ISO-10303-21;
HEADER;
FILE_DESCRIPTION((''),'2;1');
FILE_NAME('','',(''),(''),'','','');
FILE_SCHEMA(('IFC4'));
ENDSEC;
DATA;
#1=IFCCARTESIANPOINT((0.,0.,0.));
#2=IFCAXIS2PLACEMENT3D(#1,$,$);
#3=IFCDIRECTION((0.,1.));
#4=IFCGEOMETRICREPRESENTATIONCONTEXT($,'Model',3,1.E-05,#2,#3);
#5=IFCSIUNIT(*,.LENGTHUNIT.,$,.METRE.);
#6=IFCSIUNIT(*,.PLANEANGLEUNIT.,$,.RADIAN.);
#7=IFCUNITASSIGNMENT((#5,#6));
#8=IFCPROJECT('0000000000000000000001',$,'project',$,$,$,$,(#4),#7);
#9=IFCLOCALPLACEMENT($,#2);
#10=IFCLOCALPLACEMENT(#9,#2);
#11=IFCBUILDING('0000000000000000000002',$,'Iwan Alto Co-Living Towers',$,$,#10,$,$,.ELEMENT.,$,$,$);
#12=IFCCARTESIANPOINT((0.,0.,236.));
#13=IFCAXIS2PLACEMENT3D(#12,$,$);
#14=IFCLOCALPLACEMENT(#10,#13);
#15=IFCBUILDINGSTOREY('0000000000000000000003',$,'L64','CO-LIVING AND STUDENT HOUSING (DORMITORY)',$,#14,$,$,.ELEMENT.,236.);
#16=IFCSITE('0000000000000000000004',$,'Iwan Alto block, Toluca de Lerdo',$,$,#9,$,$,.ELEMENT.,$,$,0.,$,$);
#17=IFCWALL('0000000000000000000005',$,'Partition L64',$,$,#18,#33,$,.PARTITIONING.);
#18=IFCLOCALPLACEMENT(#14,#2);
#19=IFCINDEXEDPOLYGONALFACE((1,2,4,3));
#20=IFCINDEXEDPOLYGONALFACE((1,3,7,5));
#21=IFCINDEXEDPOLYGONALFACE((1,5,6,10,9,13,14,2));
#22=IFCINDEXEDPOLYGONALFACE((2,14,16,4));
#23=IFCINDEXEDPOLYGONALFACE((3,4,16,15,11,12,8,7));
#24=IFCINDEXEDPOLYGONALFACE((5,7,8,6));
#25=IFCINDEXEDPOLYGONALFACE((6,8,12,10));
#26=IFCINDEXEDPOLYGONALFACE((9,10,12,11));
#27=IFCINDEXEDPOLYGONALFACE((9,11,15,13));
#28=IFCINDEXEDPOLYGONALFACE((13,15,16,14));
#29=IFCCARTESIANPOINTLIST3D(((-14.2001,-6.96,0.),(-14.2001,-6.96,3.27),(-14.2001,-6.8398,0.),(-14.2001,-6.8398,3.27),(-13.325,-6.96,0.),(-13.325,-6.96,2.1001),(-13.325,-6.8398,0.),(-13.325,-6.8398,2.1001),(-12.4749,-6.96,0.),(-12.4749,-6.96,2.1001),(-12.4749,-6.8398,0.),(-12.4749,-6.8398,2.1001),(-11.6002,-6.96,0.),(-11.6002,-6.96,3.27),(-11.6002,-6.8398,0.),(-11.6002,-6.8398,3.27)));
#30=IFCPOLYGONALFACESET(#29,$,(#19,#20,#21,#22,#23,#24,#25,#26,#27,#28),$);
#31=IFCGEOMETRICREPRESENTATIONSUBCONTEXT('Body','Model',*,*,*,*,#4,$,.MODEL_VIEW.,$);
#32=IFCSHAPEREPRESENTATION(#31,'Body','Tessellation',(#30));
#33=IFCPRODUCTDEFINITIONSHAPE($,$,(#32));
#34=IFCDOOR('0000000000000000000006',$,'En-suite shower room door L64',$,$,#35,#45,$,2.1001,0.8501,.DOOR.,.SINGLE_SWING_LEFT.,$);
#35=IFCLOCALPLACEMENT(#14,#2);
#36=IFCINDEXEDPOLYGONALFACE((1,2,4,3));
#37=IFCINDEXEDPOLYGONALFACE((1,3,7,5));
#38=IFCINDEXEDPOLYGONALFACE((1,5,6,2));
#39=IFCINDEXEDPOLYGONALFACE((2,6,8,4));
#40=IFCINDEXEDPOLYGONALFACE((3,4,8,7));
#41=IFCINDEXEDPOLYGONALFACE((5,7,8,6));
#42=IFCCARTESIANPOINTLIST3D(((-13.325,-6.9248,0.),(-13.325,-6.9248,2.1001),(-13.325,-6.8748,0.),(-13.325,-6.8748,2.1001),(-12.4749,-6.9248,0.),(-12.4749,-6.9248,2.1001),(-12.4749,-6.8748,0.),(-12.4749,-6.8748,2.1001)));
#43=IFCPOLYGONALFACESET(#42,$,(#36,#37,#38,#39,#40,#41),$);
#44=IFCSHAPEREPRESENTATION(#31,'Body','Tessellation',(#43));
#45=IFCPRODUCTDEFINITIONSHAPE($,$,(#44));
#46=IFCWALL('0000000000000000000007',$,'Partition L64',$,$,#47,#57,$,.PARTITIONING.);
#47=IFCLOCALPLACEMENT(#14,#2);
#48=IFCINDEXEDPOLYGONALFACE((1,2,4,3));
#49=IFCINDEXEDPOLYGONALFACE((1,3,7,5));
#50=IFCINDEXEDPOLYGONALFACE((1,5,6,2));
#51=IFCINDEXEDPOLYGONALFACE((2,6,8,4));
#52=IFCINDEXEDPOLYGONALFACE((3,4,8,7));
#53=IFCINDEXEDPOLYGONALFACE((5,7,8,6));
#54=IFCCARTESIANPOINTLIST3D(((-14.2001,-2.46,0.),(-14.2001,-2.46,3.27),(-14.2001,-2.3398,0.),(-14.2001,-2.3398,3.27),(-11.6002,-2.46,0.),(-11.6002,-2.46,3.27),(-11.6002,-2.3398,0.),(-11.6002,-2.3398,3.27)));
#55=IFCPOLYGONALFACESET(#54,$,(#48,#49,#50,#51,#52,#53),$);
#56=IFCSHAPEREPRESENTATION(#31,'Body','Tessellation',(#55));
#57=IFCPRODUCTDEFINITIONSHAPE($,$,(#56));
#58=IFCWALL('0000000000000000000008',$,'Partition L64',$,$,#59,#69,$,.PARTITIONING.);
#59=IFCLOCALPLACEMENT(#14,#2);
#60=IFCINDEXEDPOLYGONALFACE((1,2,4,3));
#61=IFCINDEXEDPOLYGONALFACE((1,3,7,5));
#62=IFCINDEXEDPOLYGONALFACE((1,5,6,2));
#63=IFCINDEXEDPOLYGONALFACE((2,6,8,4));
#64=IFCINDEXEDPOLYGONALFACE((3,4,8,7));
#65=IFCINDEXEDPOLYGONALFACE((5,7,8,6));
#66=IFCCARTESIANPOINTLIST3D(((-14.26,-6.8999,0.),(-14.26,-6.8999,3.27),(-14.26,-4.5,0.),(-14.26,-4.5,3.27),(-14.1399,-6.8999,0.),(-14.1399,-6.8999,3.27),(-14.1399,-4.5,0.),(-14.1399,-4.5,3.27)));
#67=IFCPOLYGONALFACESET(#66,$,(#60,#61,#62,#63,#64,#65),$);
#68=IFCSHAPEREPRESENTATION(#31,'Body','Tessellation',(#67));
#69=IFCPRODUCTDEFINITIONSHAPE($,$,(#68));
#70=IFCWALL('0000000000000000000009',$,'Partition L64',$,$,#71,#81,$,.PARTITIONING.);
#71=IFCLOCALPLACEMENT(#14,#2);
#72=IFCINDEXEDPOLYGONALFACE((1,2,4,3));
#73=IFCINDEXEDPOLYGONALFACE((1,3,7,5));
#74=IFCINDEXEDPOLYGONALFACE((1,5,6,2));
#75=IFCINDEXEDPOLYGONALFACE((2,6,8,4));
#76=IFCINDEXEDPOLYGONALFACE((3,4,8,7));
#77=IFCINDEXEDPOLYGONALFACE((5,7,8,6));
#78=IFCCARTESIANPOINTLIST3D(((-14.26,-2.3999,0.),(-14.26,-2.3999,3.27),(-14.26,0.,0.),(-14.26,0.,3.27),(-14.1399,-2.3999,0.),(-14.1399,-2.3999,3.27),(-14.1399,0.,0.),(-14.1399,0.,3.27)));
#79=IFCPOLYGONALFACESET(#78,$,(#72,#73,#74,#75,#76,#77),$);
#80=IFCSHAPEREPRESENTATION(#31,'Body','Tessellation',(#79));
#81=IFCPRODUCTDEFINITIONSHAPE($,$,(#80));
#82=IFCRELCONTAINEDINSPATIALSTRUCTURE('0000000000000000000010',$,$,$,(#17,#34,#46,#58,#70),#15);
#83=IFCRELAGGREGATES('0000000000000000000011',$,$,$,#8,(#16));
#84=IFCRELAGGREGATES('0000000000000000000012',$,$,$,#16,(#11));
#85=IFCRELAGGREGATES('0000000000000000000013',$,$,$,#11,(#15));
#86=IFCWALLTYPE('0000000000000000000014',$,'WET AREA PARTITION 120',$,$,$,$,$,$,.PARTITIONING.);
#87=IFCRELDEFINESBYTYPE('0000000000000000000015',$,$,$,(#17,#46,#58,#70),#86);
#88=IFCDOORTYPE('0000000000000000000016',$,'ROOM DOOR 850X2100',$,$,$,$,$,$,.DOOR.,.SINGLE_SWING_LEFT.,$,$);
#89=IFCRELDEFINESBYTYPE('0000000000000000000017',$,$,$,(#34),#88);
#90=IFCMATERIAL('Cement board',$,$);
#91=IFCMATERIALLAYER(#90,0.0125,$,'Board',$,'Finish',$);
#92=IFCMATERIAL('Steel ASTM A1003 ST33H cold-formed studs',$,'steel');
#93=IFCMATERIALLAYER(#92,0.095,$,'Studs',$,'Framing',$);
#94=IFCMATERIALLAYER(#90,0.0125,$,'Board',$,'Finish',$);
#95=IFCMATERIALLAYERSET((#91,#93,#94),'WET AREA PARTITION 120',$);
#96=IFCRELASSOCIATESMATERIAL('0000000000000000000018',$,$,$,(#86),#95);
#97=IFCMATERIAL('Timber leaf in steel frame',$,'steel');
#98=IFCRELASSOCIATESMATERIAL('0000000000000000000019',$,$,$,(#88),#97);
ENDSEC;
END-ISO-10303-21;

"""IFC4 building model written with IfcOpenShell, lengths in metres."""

from ifc_helpers import new_model, si_unit, direction, frame, frame_2d, origin, place, context, subcontext, project, spatial, rectangle, extrude, material, layer, layer_set, type_object, element, fill, save


model = new_model("IFC4")

# Units and contexts
model_context = context("Model", 3, precision=1e-05, world=origin(), true_north=direction((0.0, 1.0)))
body_context = subcontext(model_context, "Body", "Model", "MODEL_VIEW")
ifc_project = project(units=[si_unit("LENGTHUNIT", "METRE"), si_unit("PLANEANGLEUNIT", "RADIAN")], contexts=[model_context])

# Site, building, storey
site_placement = place(None, origin())
site = spatial("IfcSite", under=ifc_project, at=site_placement, Name="Iwan Alto block, Toluca de Lerdo", CompositionType="ELEMENT", RefElevation=0.0)
building_placement = place(site_placement, origin())
building = spatial("IfcBuilding", under=site, at=building_placement, Name="Iwan Alto Co-Living Towers", CompositionType="ELEMENT")
storey_placement = place(building_placement, frame((0.0, 0.0, 236.0)))
storey = spatial("IfcBuildingStorey", under=building, at=storey_placement, Name="L64", Description="CO-LIVING AND STUDENT HOUSING (DORMITORY)", CompositionType="ELEMENT", Elevation=236.0)

# Shared definitions
ifc_material_1 = material(Name="Steel ASTM A1003 ST33H cold-formed studs", Category="steel")

# Wall, opening, door
ifc_material_2 = material(Name="Cement board")
ifc_layer_1 = layer(ifc_material_2, 0.0125, Name="Board", Category="Finish")
ifc_layer_2 = layer(ifc_material_1, 0.095, Name="Studs", Category="Framing")
ifc_layer_3 = layer(ifc_material_2, 0.0125, Name="Board", Category="Finish")
ifc_layer_set_1 = layer_set([ifc_layer_1, ifc_layer_2, ifc_layer_3], Name="WET AREA PARTITION 120")
wall_type_1 = type_object("IfcWallType", Name="WET AREA PARTITION 120", PredefinedType="PARTITIONING", material=ifc_layer_set_1)
wall_1_placement = place(storey_placement, frame((-14.2, -6.8999, 0.0), z_axis=(0.0, 0.0, 1.0), x_axis=(1.0, 0.0, 0.0)))
wall_1 = element("IfcWall", 1, at=wall_1_placement, inside=storey, type_object=wall_type_1, Name="Partition L64", PredefinedType="PARTITIONING", context=body_context, shape_type="SweptSolid", body=[
    extrude(rectangle(XDim=2.5999, YDim=0.1201, at=frame_2d((1.2998, 0.0))), origin(), (0.0, 0.0, 1.0), 3.27),
])
opening_1_placement = place(wall_1_placement, frame((0.875, 0.0, 0.0)))
opening_1 = element("IfcOpeningElement", 2, at=opening_1_placement, cuts=wall_1, PredefinedType="OPENING", context=body_context, shape_type="SweptSolid", body=[
    extrude(rectangle(XDim=0.8501, YDim=2.1001, at=frame_2d((0.425, 1.05))), frame((0.0, 0.0701, 0.0), z_axis=(0.0, -1.0, 0.0), x_axis=(1.0, 0.0, 0.0)), (0.0, 0.0, 1.0), 0.1401),
])
ifc_material_3 = material(Name="Timber leaf in steel frame", Category="steel")
door_type_1 = type_object("IfcDoorType", Name="ROOM DOOR 850X2100", OperationType="SINGLE_SWING_LEFT", PredefinedType="DOOR", material=ifc_material_3)
door_1_placement = place(opening_1_placement, frame((0.8501, 0.0, 0.0), z_axis=(0.0, 0.0, 1.0), x_axis=(-1.0, 0.0, 0.0)))
door_1 = element("IfcDoor", 3, at=door_1_placement, inside=storey, type_object=door_type_1, Name="En-suite shower room door L64", OperationType="SINGLE_SWING_LEFT", OverallHeight=2.1001, OverallWidth=0.8501, PredefinedType="DOOR", context=body_context, shape_type="SweptSolid", body=[
    extrude(rectangle(XDim=0.8501, YDim=2.1001, at=frame_2d((0.425, 1.05))), frame((0.0, 0.0249, 0.0), z_axis=(0.0, -1.0, 0.0), x_axis=(1.0, 0.0, 0.0)), (0.0, 0.0, 1.0), 0.05),
])
fill(opening_1, door_1)

# Walls
wall_2_placement = place(storey_placement, frame((-14.2, -2.3999, 0.0), z_axis=(0.0, 0.0, 1.0), x_axis=(1.0, 0.0, 0.0)))
element("IfcWall", 4, at=wall_2_placement, inside=storey, type_object=wall_type_1, Name="Partition L64", PredefinedType="PARTITIONING", context=body_context, shape_type="SweptSolid", body=[
    extrude(rectangle(XDim=2.5999, YDim=0.1201, at=frame_2d((1.2998, 0.0))), origin(), (0.0, 0.0, 1.0), 3.27),
])
for number, where, z_axis, x_axis, name in (
    (5, (-14.2, -6.8999, 0.0), (0.0, 0.0, 1.0), (0.0, 1.0, 0.0), "Partition L64"),
    (6, (-14.2, -2.3999, 0.0), (0.0, 0.0, 1.0), (0.0, 1.0, 0.0), "Partition L64"),
):
    element("IfcWall", number, at=place(storey_placement, frame(where, z_axis=z_axis, x_axis=x_axis)), inside=storey, type_object=wall_type_1, Name=name, PredefinedType="PARTITIONING", context=body_context, shape_type="SweptSolid", body=[
        extrude(rectangle(XDim=2.3999, YDim=0.1201, at=frame_2d((1.2, 0.0))), origin(), (0.0, 0.0, 1.0), 3.27),
    ])

save(model, "model.ifc")
